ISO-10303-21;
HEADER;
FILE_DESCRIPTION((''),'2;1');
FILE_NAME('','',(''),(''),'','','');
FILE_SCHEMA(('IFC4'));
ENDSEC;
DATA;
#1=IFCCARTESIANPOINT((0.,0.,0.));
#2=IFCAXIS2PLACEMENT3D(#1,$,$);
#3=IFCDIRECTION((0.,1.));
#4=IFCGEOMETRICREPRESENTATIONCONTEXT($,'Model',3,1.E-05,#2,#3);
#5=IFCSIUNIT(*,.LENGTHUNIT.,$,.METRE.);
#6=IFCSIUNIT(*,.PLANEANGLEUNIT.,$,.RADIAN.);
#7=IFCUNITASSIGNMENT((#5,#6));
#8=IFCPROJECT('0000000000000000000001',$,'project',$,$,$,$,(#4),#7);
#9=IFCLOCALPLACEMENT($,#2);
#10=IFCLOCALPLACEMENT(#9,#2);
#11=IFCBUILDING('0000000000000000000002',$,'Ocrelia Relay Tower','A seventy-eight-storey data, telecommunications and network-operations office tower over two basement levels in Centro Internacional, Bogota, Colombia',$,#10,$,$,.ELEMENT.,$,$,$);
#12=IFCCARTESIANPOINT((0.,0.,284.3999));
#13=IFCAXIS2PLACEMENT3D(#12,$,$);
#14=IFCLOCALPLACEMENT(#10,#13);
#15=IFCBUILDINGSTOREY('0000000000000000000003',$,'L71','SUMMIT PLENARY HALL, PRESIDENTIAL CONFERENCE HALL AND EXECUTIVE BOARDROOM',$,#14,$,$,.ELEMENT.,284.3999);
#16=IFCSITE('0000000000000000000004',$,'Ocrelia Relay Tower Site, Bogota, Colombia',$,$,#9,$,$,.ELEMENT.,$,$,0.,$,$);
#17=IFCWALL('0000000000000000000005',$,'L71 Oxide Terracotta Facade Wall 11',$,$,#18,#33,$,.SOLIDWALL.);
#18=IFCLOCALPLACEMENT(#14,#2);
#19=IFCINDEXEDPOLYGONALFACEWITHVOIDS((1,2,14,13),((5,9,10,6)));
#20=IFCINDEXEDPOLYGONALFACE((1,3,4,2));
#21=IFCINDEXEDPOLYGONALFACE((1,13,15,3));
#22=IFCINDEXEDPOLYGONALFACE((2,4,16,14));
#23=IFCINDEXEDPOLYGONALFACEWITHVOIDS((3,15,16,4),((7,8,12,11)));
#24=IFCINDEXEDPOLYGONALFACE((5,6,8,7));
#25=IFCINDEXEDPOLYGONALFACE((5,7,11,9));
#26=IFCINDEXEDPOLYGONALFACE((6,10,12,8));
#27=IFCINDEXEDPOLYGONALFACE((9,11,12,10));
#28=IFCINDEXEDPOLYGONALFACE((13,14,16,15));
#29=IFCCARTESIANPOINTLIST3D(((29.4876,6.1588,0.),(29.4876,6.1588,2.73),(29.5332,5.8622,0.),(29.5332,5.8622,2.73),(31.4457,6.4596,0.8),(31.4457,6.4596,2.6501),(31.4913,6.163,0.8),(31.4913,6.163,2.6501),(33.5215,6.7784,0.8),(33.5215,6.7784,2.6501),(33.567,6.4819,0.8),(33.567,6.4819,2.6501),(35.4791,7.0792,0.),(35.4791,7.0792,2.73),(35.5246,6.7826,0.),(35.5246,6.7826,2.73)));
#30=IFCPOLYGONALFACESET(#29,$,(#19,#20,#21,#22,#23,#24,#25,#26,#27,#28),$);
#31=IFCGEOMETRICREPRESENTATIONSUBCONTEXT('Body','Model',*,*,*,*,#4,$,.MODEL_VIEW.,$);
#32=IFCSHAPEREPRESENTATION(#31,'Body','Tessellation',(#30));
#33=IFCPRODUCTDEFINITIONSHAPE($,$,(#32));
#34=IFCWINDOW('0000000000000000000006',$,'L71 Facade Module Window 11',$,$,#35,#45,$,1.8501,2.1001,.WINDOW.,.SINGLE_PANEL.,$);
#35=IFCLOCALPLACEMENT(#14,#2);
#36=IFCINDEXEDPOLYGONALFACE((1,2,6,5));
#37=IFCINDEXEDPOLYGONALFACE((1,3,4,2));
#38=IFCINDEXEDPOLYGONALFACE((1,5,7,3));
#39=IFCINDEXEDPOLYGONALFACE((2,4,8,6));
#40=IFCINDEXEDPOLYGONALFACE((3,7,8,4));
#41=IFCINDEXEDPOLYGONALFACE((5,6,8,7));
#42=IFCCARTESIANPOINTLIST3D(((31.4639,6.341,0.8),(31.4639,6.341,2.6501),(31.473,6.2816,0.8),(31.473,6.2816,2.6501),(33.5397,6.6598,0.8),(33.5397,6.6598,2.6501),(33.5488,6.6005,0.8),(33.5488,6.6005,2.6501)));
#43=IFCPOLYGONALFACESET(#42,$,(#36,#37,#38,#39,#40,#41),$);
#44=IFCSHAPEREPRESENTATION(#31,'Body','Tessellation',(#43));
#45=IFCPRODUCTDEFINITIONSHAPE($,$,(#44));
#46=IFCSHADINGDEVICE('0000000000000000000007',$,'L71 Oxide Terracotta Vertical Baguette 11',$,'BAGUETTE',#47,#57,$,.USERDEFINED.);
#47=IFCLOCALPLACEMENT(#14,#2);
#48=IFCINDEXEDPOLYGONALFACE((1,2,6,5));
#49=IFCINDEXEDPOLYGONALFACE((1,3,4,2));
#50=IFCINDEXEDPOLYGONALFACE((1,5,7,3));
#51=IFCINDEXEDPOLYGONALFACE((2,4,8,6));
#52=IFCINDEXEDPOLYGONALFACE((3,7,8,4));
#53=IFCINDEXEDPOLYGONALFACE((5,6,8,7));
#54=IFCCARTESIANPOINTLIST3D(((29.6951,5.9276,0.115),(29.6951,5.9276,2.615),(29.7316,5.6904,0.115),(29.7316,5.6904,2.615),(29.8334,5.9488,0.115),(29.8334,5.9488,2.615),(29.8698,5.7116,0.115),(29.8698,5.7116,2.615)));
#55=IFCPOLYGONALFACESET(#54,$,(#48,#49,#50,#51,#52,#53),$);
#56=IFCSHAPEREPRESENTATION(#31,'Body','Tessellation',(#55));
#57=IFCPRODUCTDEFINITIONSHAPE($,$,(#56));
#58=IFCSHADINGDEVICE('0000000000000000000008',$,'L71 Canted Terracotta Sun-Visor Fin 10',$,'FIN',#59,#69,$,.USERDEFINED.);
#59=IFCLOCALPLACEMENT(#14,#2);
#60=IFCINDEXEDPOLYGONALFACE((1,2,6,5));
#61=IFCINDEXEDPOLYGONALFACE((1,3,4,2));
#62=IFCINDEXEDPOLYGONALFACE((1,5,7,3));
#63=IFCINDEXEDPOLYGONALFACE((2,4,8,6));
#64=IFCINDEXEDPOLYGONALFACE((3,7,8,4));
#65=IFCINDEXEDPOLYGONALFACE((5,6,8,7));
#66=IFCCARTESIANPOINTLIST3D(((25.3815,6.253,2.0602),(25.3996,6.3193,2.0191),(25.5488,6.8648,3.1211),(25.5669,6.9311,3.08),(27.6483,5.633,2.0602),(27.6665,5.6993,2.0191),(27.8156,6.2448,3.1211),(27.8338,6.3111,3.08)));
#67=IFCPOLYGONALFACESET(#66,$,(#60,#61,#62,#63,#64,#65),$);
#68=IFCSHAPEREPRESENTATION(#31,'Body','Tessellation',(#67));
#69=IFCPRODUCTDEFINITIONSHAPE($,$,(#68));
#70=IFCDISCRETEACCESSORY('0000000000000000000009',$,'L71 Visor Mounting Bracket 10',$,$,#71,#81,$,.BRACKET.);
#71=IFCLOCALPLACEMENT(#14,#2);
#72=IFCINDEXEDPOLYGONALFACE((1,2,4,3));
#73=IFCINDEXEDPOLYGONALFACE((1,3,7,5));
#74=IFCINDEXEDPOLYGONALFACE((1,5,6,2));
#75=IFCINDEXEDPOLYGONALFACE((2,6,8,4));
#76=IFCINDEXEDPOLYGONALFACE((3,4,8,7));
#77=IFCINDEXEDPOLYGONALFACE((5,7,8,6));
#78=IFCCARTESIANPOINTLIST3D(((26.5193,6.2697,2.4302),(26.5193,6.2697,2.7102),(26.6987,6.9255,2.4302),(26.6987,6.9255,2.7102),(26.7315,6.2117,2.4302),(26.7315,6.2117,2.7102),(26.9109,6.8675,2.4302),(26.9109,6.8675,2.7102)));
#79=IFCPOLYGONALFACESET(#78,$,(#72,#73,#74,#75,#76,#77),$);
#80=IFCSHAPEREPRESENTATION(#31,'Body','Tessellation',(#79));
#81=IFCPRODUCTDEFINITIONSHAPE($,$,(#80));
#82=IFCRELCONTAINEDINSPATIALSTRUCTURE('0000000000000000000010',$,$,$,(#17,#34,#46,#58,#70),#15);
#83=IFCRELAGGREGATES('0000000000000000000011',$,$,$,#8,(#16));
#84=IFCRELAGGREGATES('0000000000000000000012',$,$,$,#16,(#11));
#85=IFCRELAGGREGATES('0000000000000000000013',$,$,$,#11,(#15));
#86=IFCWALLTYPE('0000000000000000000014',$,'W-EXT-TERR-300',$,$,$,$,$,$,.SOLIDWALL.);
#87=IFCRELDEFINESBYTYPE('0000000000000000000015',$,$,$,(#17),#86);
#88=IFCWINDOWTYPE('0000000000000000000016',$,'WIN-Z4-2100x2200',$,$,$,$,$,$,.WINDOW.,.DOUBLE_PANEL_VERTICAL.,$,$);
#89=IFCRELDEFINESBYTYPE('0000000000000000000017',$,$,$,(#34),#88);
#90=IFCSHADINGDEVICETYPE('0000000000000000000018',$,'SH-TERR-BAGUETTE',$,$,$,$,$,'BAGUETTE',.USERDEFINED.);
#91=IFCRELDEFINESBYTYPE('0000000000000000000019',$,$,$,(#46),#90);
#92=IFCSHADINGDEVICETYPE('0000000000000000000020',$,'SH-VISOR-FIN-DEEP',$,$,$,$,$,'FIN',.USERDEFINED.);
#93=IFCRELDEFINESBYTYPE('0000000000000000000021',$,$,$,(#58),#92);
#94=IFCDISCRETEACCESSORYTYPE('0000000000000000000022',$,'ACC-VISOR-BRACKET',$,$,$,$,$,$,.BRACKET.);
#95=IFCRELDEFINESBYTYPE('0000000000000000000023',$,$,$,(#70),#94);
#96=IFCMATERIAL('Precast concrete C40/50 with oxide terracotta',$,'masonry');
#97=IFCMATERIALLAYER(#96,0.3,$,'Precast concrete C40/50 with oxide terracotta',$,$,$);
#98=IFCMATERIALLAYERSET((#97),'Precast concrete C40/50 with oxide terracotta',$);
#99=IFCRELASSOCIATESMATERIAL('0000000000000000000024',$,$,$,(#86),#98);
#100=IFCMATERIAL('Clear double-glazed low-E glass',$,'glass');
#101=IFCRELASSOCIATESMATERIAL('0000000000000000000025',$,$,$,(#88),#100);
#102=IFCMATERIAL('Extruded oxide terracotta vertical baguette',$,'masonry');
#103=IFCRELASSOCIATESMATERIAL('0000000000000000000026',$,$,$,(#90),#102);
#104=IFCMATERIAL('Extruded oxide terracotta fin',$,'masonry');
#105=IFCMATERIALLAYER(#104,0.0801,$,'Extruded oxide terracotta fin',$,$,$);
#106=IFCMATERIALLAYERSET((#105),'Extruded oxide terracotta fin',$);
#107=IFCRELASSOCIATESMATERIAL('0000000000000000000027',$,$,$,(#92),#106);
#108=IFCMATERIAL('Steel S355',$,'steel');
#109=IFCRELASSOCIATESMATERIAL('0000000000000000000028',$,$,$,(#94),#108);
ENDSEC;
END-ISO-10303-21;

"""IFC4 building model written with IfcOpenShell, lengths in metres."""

from ifc_helpers import new_model, si_unit, direction, frame, frame_2d, origin, origin_2d, place, context, subcontext, project, spatial, rectangle, extrude, material, layer, layer_set, type_object, element, fill, save


model = new_model("IFC4")

# Units and contexts
model_context = context("Model", 3, precision=1e-05, world=origin(), true_north=direction((0.0, 1.0)))
body_context = subcontext(model_context, "Body", "Model", "MODEL_VIEW")
ifc_project = project(units=[si_unit("LENGTHUNIT", "METRE"), si_unit("PLANEANGLEUNIT", "RADIAN")], contexts=[model_context])

# Site, building, storey
site_placement = place(None, origin())
site = spatial("IfcSite", under=ifc_project, at=site_placement, Name="Ocrelia Relay Tower Site, Bogota, Colombia", CompositionType="ELEMENT", RefElevation=0.0)
building_placement = place(site_placement, origin())
building = spatial("IfcBuilding", under=site, at=building_placement, Name="Ocrelia Relay Tower", Description="A seventy-eight-storey data, telecommunications and network-operations office tower over two basement levels in Centro Internacional, Bogota, Colombia", CompositionType="ELEMENT")
storey_placement = place(building_placement, frame((0.0, 0.0, 284.3999)))
storey = spatial("IfcBuildingStorey", under=building, at=storey_placement, Name="L71", Description="SUMMIT PLENARY HALL, PRESIDENTIAL CONFERENCE HALL AND EXECUTIVE BOARDROOM", CompositionType="ELEMENT", Elevation=284.3999)

# Shared definitions
ifc_material_1 = material(Name="Steel S355", Category="steel")

# Shared definitions
ifc_material_2 = material(Name="Clear double-glazed low-E glass", Category="glass")

# Wall, opening, window
ifc_material_3 = material(Name="Precast concrete C40/50 with oxide terracotta", Category="masonry")
ifc_layer_1 = layer(ifc_material_3, 0.3, Name="Precast concrete C40/50 with oxide terracotta")
ifc_layer_set_1 = layer_set([ifc_layer_1], Name="Precast concrete C40/50 with oxide terracotta")
wall_type = type_object("IfcWallType", Name="W-EXT-TERR-300", PredefinedType="SOLIDWALL", material=ifc_layer_set_1)
wall_placement = place(storey_placement, frame((29.5105, 6.0105, 0.0), z_axis=(0.0, 0.0, 1.0), x_axis=(0.988405, 0.151839, 0.0)))
wall = element("IfcWall", 1, at=wall_placement, inside=storey, type_object=wall_type, Name="L71 Oxide Terracotta Facade Wall 11", PredefinedType="SOLIDWALL", context=body_context, shape_type="SweptSolid", body=[
    extrude(rectangle(XDim=6.0618, YDim=0.3, at=frame_2d((3.0308, 0.0))), origin(), (0.0, 0.0, 1.0), 2.73),
])
opening_placement = place(wall_placement, frame((1.981, 0.0, 0.8)))
opening = element("IfcOpeningElement", 2, at=opening_placement, cuts=wall, PredefinedType="OPENING", context=body_context, shape_type="SweptSolid", body=[
    extrude(rectangle(XDim=2.1001, YDim=1.8501, at=frame_2d((1.05, 0.925))), frame((0.0, 0.1602, 0.0), z_axis=(0.0, -1.0, 0.0), x_axis=(1.0, 0.0, 0.0)), (0.0, 0.0, 1.0), 0.3201),
])
window_type = type_object("IfcWindowType", Name="WIN-Z4-2100x2200", PartitioningType="DOUBLE_PANEL_VERTICAL", PredefinedType="WINDOW", material=ifc_material_2)
window_placement = place(opening_placement, origin())
window = element("IfcWindow", 3, at=window_placement, inside=storey, type_object=window_type, Name="L71 Facade Module Window 11", OverallHeight=1.8501, OverallWidth=2.1001, PartitioningType="SINGLE_PANEL", PredefinedType="WINDOW", context=body_context, shape_type="SweptSolid", body=[
    extrude(rectangle(XDim=2.1001, YDim=1.8501, at=frame_2d((1.05, 0.925))), frame((0.0, 0.03, 0.0), z_axis=(0.0, -1.0, 0.0), x_axis=(1.0, 0.0, 0.0)), (0.0, 0.0, 1.0), 0.0601),
])
fill(opening, window)

# Shading devices
ifc_material_4 = material(Name="Extruded oxide terracotta vertical baguette", Category="masonry")
shading_device_type_1 = type_object("IfcShadingDeviceType", Name="SH-TERR-BAGUETTE", ElementType="BAGUETTE", PredefinedType="USERDEFINED", material=ifc_material_4)
shading_device_1_placement = place(storey_placement, frame((29.7825, 5.8196, 0.115), z_axis=(0.0, 0.0, 1.0), x_axis=(0.988411, 0.151802, 0.0)))
element("IfcShadingDevice", 4, at=shading_device_1_placement, inside=storey, type_object=shading_device_type_1, Name="L71 Oxide Terracotta Vertical Baguette 11", ObjectType="BAGUETTE", PredefinedType="USERDEFINED", context=body_context, shape_type="SweptSolid", body=[
    extrude(rectangle(XDim=0.1399, YDim=0.24, at=origin_2d()), origin(), (0.0, 0.0, 1.0), 2.5),
])
ifc_material_5 = material(Name="Extruded oxide terracotta fin", Category="masonry")
ifc_layer_2 = layer(ifc_material_5, 0.0801, Name="Extruded oxide terracotta fin")
ifc_layer_set_2 = layer_set([ifc_layer_2], Name="Extruded oxide terracotta fin")
shading_device_type_2 = type_object("IfcShadingDeviceType", Name="SH-VISOR-FIN-DEEP", ElementType="FIN", PredefinedType="USERDEFINED", material=ifc_layer_set_2)
shading_device_2_placement = place(storey_placement, frame((26.6167, 6.3152, 2.5496), z_axis=(-0.226452, -0.827923, 0.513092), x_axis=(0.96457, -0.263827, 0.0)))
element("IfcShadingDevice", 5, at=shading_device_2_placement, inside=storey, type_object=shading_device_type_2, Name="L71 Canted Terracotta Sun-Visor Fin 10", ObjectType="FIN", PredefinedType="USERDEFINED", context=body_context, shape_type="SweptSolid", body=[
    extrude(rectangle(XDim=2.3501, YDim=1.2361, at=origin_2d()), origin(), (0.0, 0.0, 1.0), 0.0801),
])

# Discrete accessory
discrete_accessory_type = type_object("IfcDiscreteAccessoryType", Name="ACC-VISOR-BRACKET", PredefinedType="BRACKET", material=ifc_material_1)
discrete_accessory_placement = place(storey_placement, frame((26.7151, 6.5686, 2.4302), z_axis=(0.0, 0.0, 1.0), x_axis=(0.96457, -0.263827, 0.0)))
element("IfcDiscreteAccessory", 6, at=discrete_accessory_placement, inside=storey, type_object=discrete_accessory_type, Name="L71 Visor Mounting Bracket 10", PredefinedType="BRACKET", context=body_context, shape_type="SweptSolid", body=[
    extrude(rectangle(XDim=0.22, YDim=0.6799, at=origin_2d()), origin(), (0.0, 0.0, 1.0), 0.28),
])

save(model, "model.ifc")
